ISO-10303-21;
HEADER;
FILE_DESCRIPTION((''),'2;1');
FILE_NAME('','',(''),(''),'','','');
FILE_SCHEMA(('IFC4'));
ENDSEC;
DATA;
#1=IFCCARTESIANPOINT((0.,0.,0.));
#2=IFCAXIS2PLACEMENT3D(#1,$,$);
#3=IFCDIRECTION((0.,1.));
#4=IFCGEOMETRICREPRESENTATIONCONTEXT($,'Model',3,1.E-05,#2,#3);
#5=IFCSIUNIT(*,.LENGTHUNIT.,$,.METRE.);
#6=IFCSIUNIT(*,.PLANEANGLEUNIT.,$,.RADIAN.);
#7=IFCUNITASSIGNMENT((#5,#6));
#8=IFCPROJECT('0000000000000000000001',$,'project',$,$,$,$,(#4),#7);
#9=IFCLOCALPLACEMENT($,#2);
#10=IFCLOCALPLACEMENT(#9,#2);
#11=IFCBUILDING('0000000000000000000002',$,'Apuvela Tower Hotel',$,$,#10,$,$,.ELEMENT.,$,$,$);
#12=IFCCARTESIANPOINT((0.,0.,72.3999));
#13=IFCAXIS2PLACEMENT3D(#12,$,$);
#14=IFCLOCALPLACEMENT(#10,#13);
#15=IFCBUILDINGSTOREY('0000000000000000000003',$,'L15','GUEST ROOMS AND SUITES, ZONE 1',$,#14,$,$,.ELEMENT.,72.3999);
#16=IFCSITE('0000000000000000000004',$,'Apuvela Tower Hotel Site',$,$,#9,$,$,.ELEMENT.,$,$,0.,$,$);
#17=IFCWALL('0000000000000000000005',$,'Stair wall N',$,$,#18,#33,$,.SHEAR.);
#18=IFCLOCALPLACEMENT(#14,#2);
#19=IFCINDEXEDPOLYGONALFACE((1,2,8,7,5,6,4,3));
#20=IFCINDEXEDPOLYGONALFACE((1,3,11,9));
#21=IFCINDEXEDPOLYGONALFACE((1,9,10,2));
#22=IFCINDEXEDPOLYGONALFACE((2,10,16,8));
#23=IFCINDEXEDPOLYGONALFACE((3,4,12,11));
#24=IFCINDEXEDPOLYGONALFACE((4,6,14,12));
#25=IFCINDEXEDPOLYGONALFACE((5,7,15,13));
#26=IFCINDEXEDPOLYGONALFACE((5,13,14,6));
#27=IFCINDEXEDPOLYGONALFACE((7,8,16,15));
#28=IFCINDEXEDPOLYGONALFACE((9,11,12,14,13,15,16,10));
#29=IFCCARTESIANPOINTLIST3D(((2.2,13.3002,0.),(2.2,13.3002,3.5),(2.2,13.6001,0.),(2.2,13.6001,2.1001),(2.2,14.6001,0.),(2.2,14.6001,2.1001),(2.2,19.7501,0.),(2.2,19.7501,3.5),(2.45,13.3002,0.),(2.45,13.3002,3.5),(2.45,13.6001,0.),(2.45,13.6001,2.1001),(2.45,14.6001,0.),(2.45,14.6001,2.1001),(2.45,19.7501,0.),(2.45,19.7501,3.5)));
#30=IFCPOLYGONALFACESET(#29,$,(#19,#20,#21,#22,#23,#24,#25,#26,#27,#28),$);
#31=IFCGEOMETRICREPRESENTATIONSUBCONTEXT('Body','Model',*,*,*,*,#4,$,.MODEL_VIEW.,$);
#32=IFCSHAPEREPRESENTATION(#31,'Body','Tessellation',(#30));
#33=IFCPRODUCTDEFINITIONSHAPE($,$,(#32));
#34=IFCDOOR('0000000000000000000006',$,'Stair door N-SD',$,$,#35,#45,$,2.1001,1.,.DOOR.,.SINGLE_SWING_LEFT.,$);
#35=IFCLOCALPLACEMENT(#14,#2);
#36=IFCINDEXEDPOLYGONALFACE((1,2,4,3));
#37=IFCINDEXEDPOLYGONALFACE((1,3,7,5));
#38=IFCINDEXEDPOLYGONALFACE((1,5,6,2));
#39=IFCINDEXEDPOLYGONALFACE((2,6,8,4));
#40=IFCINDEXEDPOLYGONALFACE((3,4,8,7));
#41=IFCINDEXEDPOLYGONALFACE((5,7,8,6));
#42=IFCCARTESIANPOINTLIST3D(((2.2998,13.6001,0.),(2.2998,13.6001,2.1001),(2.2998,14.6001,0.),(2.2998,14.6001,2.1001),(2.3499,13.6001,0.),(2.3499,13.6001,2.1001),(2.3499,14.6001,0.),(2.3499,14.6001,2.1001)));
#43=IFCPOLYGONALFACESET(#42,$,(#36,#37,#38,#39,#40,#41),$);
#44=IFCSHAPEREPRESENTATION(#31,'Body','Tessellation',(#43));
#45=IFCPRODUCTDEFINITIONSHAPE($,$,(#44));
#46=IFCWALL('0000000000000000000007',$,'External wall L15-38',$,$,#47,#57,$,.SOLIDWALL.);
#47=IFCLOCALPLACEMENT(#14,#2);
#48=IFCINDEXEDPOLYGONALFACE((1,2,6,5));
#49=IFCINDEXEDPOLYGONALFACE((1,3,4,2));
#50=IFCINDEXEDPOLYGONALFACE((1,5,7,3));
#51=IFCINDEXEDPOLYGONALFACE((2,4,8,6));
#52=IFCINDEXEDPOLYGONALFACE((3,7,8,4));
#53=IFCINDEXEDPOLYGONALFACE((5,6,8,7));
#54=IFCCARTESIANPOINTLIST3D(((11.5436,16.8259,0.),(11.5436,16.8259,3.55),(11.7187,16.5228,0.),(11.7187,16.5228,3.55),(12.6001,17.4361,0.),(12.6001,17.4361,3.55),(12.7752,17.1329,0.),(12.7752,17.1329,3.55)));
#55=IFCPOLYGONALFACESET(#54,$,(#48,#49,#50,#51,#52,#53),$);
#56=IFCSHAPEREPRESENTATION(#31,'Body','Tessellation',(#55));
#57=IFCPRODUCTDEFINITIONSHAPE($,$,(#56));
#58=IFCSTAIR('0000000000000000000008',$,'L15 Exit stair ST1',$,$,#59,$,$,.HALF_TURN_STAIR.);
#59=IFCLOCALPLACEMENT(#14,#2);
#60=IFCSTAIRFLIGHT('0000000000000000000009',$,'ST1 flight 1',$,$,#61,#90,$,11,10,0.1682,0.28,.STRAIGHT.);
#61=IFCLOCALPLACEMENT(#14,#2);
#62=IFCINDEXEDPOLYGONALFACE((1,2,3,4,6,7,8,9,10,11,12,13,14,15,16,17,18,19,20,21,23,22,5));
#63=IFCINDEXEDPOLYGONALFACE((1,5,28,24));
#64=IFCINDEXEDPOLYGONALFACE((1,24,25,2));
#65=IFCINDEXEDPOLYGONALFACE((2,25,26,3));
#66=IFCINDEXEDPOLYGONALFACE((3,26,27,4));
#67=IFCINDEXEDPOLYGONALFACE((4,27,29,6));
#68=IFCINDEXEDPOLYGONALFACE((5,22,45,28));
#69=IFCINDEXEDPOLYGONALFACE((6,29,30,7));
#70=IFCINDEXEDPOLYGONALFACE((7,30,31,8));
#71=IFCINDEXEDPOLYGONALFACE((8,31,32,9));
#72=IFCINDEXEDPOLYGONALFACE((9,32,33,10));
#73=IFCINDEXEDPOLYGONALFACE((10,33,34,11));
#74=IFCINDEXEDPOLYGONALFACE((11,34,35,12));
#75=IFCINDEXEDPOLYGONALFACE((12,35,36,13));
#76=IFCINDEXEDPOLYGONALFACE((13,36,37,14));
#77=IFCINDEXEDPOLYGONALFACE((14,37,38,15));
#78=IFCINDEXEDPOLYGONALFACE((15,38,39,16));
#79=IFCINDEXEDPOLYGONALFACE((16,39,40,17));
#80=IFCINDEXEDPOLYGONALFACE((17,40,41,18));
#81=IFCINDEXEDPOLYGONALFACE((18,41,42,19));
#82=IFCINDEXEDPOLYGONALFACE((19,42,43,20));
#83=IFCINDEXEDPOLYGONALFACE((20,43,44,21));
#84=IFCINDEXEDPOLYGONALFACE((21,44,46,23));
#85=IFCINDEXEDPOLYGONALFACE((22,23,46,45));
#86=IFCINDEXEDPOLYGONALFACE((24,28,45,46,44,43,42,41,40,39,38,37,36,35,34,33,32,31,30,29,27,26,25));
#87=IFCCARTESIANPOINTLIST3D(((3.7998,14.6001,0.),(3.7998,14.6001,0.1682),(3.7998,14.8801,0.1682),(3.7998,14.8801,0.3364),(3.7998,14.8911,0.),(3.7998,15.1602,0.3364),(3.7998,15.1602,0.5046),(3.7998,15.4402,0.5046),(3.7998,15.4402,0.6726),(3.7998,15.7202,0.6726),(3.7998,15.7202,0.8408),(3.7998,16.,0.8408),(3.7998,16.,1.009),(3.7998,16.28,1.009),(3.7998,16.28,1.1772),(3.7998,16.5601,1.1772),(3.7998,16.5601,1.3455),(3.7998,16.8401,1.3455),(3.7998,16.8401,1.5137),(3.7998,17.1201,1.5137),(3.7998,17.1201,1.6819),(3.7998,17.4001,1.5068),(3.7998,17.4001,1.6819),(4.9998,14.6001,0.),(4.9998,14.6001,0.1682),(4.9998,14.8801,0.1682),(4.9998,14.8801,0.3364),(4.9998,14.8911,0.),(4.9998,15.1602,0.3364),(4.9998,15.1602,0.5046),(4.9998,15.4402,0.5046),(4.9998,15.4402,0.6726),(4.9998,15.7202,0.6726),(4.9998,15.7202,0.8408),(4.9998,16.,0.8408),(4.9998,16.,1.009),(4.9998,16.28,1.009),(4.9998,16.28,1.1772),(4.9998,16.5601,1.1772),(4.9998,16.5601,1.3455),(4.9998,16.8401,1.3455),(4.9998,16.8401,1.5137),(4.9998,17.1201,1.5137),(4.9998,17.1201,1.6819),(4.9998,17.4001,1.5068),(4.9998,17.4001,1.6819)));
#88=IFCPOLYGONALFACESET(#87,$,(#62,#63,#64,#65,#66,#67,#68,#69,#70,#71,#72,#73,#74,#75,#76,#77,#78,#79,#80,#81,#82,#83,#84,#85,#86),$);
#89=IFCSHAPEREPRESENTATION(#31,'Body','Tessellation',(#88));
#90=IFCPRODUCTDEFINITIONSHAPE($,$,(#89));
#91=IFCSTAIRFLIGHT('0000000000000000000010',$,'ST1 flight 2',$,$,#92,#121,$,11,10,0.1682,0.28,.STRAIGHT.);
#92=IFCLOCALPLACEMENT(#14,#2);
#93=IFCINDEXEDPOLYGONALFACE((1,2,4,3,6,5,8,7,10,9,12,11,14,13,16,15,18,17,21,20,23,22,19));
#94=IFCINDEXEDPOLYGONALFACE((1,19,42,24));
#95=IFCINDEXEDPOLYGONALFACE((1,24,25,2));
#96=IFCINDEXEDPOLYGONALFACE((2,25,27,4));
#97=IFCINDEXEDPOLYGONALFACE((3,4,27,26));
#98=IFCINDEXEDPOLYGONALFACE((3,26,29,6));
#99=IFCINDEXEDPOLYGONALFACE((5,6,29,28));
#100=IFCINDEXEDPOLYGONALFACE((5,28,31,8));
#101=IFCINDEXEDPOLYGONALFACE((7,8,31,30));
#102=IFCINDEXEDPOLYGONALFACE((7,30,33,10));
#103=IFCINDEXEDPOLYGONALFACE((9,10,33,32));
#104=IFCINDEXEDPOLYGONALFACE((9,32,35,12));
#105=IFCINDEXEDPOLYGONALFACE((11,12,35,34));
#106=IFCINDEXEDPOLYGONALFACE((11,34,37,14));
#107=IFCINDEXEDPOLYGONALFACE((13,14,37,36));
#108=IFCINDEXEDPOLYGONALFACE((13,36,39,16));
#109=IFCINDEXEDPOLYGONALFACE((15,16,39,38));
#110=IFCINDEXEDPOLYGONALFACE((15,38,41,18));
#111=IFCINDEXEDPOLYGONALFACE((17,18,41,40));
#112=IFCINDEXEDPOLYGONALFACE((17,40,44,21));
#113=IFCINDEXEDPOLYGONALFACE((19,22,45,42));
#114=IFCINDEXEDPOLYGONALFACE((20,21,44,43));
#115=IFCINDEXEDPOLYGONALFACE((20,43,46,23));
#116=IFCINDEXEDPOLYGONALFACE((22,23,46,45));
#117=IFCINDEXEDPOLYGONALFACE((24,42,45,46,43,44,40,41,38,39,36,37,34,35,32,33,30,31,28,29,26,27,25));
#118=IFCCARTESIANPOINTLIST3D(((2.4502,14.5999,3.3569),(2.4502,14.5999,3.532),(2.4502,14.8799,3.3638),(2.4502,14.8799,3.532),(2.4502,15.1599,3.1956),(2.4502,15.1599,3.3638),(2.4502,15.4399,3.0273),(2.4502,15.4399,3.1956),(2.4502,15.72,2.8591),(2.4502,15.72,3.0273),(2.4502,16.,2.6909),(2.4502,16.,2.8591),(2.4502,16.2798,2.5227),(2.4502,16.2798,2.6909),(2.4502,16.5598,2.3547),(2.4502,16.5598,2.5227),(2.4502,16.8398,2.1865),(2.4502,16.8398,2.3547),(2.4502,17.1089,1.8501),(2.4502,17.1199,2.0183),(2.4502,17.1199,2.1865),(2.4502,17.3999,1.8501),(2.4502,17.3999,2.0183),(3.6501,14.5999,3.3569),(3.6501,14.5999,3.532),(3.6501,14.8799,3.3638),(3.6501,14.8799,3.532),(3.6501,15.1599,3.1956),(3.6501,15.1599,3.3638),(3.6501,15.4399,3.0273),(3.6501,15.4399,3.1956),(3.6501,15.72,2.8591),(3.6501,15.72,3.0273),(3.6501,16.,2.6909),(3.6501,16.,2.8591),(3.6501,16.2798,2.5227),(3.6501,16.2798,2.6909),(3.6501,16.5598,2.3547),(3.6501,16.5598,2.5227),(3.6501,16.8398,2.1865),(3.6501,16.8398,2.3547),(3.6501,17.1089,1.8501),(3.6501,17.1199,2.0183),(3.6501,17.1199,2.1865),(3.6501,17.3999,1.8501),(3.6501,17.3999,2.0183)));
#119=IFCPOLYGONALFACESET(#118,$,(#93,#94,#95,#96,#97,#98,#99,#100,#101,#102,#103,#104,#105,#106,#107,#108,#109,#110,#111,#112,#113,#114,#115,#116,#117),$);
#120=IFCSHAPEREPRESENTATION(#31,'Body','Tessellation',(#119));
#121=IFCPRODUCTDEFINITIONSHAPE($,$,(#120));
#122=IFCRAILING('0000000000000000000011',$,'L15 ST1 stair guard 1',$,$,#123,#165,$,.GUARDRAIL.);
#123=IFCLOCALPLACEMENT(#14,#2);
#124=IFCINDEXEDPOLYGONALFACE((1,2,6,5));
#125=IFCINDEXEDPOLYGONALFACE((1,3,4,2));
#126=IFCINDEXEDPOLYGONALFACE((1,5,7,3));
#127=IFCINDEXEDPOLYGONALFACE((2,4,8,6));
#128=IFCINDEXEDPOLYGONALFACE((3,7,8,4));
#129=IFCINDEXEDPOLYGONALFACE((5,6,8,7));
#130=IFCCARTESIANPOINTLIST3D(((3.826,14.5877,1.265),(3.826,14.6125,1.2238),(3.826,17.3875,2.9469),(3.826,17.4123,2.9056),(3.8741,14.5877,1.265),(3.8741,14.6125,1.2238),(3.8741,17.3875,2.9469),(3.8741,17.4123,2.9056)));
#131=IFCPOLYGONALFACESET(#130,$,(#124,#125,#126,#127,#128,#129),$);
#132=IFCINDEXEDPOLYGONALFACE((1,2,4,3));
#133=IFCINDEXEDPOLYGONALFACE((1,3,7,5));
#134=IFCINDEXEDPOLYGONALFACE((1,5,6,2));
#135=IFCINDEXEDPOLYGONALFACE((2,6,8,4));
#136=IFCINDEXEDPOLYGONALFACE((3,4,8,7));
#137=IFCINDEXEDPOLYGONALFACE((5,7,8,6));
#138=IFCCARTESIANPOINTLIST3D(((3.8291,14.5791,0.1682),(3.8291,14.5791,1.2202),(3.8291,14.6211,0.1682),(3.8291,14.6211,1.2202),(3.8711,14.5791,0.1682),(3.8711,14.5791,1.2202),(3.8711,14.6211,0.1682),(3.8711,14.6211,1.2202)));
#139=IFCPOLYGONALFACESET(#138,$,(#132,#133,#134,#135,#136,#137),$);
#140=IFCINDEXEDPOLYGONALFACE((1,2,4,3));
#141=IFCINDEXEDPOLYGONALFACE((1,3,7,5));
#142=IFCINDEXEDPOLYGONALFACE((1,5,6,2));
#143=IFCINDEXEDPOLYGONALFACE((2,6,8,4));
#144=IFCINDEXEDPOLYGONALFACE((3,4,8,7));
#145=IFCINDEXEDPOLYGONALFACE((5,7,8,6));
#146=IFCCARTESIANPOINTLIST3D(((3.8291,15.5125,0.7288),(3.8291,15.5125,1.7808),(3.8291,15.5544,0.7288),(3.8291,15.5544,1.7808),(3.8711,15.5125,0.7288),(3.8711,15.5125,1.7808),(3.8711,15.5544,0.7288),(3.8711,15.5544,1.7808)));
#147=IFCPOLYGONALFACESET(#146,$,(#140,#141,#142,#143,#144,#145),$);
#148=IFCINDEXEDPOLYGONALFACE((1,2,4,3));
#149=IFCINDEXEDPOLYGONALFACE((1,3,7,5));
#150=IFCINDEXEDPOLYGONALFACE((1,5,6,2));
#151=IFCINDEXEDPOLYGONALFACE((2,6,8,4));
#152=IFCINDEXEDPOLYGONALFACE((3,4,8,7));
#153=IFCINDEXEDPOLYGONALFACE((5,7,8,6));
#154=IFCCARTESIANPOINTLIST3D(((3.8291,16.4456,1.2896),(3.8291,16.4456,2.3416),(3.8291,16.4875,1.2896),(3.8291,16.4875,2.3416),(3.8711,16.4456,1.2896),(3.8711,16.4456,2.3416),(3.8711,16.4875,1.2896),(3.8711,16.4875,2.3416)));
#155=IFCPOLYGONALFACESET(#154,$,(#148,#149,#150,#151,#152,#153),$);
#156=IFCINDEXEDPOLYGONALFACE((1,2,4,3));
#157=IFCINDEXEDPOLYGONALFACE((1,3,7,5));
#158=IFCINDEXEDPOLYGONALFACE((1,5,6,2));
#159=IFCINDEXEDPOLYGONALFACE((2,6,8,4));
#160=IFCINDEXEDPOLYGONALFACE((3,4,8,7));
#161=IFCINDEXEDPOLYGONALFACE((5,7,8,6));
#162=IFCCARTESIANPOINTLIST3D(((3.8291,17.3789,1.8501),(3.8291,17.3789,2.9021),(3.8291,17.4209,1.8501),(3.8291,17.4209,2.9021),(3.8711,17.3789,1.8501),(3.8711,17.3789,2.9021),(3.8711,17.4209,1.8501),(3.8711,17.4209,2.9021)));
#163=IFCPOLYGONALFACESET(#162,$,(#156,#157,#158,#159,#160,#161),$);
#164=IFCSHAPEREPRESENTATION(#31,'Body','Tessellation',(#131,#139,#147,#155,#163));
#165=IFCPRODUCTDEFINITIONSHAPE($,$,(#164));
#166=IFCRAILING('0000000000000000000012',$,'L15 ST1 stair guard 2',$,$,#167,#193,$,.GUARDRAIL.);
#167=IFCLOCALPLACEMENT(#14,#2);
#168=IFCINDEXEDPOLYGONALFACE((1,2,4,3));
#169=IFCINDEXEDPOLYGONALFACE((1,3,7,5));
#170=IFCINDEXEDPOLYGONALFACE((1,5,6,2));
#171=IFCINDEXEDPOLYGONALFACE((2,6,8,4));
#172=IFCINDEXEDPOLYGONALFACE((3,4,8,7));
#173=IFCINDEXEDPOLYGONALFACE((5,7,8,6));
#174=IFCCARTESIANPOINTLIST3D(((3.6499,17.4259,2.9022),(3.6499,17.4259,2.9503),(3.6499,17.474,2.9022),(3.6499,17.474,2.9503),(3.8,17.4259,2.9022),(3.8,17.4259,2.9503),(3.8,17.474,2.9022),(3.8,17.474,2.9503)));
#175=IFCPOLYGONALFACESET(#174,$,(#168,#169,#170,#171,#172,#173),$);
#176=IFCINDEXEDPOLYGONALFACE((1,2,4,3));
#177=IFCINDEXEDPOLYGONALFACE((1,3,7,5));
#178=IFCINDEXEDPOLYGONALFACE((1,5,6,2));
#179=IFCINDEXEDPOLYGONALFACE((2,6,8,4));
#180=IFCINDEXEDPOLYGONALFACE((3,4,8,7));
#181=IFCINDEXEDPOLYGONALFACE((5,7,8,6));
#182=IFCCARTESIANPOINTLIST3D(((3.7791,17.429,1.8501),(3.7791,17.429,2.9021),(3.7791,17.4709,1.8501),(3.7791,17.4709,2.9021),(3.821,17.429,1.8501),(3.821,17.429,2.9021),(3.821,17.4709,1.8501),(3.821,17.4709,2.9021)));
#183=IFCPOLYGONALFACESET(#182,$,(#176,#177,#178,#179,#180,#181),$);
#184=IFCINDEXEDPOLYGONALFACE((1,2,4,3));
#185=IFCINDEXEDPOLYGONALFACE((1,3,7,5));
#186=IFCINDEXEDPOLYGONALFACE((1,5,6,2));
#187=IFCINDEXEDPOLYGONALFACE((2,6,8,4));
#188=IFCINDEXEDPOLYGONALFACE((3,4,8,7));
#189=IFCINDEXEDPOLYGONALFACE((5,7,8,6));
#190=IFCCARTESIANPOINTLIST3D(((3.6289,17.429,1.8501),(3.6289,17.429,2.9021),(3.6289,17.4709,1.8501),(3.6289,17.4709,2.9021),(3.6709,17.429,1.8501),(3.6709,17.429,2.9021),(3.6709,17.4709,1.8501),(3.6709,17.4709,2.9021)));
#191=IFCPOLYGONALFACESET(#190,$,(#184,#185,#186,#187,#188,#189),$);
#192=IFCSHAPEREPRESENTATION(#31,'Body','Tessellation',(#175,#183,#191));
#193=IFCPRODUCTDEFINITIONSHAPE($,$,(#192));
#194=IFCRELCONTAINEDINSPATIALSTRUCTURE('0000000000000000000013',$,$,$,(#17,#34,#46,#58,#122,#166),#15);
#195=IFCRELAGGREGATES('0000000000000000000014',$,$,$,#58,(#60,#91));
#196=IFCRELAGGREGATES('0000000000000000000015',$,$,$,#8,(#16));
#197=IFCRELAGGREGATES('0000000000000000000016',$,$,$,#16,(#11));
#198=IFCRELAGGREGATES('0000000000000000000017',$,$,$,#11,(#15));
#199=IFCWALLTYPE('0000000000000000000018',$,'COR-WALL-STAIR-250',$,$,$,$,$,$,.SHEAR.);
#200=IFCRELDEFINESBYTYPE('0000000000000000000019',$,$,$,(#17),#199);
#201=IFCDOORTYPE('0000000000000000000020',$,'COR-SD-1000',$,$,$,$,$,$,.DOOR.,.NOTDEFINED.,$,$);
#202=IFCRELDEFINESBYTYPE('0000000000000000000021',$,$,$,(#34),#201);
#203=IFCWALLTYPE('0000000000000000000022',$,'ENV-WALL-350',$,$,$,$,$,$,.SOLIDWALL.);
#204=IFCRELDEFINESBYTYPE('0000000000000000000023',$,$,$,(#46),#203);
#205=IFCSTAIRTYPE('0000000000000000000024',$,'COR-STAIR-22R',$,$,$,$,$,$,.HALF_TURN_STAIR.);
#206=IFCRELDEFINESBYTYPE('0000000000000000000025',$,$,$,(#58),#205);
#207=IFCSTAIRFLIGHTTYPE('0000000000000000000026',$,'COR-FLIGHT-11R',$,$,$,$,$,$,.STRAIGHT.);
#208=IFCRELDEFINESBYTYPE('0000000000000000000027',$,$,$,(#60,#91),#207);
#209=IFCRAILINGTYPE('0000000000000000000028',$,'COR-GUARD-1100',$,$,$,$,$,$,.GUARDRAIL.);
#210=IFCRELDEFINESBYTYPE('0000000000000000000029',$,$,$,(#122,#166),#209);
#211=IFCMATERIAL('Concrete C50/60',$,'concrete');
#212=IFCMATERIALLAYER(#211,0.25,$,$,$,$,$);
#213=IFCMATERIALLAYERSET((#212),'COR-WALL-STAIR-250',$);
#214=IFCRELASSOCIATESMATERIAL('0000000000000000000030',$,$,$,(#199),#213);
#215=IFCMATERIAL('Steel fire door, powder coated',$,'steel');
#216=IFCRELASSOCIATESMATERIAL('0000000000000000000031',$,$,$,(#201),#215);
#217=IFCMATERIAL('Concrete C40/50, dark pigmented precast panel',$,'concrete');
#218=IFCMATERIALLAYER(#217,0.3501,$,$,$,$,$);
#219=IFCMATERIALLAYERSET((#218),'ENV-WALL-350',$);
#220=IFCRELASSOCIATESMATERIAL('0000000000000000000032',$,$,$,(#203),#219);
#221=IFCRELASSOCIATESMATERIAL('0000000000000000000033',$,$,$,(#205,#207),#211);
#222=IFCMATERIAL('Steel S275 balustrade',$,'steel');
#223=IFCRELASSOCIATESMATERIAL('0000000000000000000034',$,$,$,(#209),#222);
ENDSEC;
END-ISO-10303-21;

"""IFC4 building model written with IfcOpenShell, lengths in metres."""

from ifc_helpers import new_model, si_unit, direction, frame, frame_2d, origin, origin_2d, place, context, subcontext, project, spatial, polyline, rectangle, outline, extrude, material, layer, layer_set, type_object, element, fill, aggregate, save


model = new_model("IFC4")

# Units and contexts
model_context = context("Model", 3, precision=1e-05, world=origin(), true_north=direction((0.0, 1.0)))
body_context = subcontext(model_context, "Body", "Model", "MODEL_VIEW")
ifc_project = project(units=[si_unit("LENGTHUNIT", "METRE"), si_unit("PLANEANGLEUNIT", "RADIAN")], contexts=[model_context])

# Site, building, storey
site_placement = place(None, origin())
site = spatial("IfcSite", under=ifc_project, at=site_placement, Name="Apuvela Tower Hotel Site", CompositionType="ELEMENT", RefElevation=0.0)
building_placement = place(site_placement, origin())
building = spatial("IfcBuilding", under=site, at=building_placement, Name="Apuvela Tower Hotel", CompositionType="ELEMENT")
storey_placement = place(building_placement, frame((0.0, 0.0, 72.3999)))
storey = spatial("IfcBuildingStorey", under=building, at=storey_placement, Name="L15", Description="GUEST ROOMS AND SUITES, ZONE 1", CompositionType="ELEMENT", Elevation=72.3999)

# Shared definitions
ifc_material_1 = material(Name="Concrete C50/60", Category="concrete")
ifc_material_2 = material(Name="Steel fire door, powder coated", Category="steel")

# Wall, opening, door
ifc_layer_1 = layer(ifc_material_1, 0.25)
ifc_layer_set_1 = layer_set([ifc_layer_1], Name="COR-WALL-STAIR-250")
wall_type_1 = type_object("IfcWallType", Name="COR-WALL-STAIR-250", PredefinedType="SHEAR", material=ifc_layer_set_1)
wall_1_placement = place(storey_placement, frame((2.325, 13.3, 0.0), z_axis=(0.0, 0.0, 1.0), x_axis=(0.0, 1.0, 0.0)))
wall_1 = element("IfcWall", 1, at=wall_1_placement, inside=storey, type_object=wall_type_1, Name="Stair wall N", PredefinedType="SHEAR", context=body_context, shape_type="SweptSolid", body=[
    extrude(rectangle(XDim=6.45, YDim=0.25, at=frame_2d((3.2251, 0.0))), origin(), (0.0, 0.0, 1.0), 3.5),
])
opening_1_placement = place(wall_1_placement, frame((0.3, 0.0, 0.0)))
opening_1 = element("IfcOpeningElement", 2, at=opening_1_placement, cuts=wall_1, PredefinedType="OPENING", context=body_context, shape_type="SweptSolid", body=[
    extrude(rectangle(XDim=1.0, YDim=2.1001, at=frame_2d((0.5, 1.05))), frame((0.0, 0.135, 0.0), z_axis=(0.0, -1.0, 0.0), x_axis=(1.0, 0.0, 0.0)), (0.0, 0.0, 1.0), 0.27),
])
door_type_1 = type_object("IfcDoorType", Name="COR-SD-1000", OperationType="NOTDEFINED", PredefinedType="DOOR", material=ifc_material_2)
door_1_placement = place(opening_1_placement, frame((1.0, 0.0, 0.0), z_axis=(0.0, 0.0, 1.0), x_axis=(-1.0, 0.0, 0.0)))
door_1 = element("IfcDoor", 3, at=door_1_placement, inside=storey, type_object=door_type_1, Name="Stair door N-SD", OperationType="SINGLE_SWING_LEFT", OverallHeight=2.1001, OverallWidth=1.0, PredefinedType="DOOR", context=body_context, shape_type="SweptSolid", body=[
    extrude(rectangle(XDim=1.0, YDim=2.1001, at=frame_2d((0.5, 1.05))), frame((0.0, 0.0249, 0.0), z_axis=(0.0, -1.0, 0.0), x_axis=(1.0, 0.0, 0.0)), (0.0, 0.0, 1.0), 0.05),
])
fill(opening_1, door_1)

# Wall
ifc_material_3 = material(Name="Concrete C40/50, dark pigmented precast panel", Category="concrete")
ifc_layer_2 = layer(ifc_material_3, 0.3501)
ifc_layer_set_2 = layer_set([ifc_layer_2], Name="ENV-WALL-350")
wall_type_2 = type_object("IfcWallType", Name="ENV-WALL-350", PredefinedType="SOLIDWALL", material=ifc_layer_set_2)
wall_2_placement = place(storey_placement, frame((12.6875, 17.2844, 0.0), z_axis=(0.0, 0.0, 1.0), x_axis=(-0.865956, -0.500121, 0.0)))
element("IfcWall", 4, at=wall_2_placement, inside=storey, type_object=wall_type_2, Name="External wall L15-38", PredefinedType="SOLIDWALL", context=body_context, shape_type="SweptSolid", body=[
    extrude(rectangle(XDim=1.22, YDim=0.3501, at=frame_2d((0.6099, 0.0))), origin(), (0.0, 0.0, 1.0), 3.55),
])

# Stair, stair flights
stair_type = type_object("IfcStairType", Name="COR-STAIR-22R", PredefinedType="HALF_TURN_STAIR", material=ifc_material_1)
stair_placement = place(storey_placement, origin())
stair = element("IfcStair", 5, at=stair_placement, inside=storey, type_object=stair_type, Name="L15 Exit stair ST1", PredefinedType="HALF_TURN_STAIR")
stair_flight_type = type_object("IfcStairFlightType", Name="COR-FLIGHT-11R", PredefinedType="STRAIGHT", material=ifc_material_1)
stair_flight_1_placement = place(storey_placement, frame((4.3999, 14.6001, 0.0), z_axis=(0.0, 0.0, 1.0), x_axis=(0.0, 1.0, 0.0)))
stair_flight_1 = element("IfcStairFlight", 6, at=stair_flight_1_placement, type_object=stair_flight_type, Name="ST1 flight 1", NumberOfRisers=11, NumberOfTreads=10, PredefinedType="STRAIGHT", RiserHeight=0.1682, TreadLength=0.28, context=body_context, shape_type="SweptSolid", body=[
    extrude(outline(polyline([(0.0, 0.0), (0.0, 0.1682), (0.28, 0.1682), (0.28, 0.3364), (0.5601, 0.3364), (0.5601, 0.5046), (0.8401, 0.5046), (0.8401, 0.6726), (1.1201, 0.6726), (1.1201, 0.8408), (1.3999, 0.8408), (1.3999, 1.009), (1.6799, 1.009), (1.6799, 1.1772), (1.96, 1.1772), (1.96, 1.3455), (2.24, 1.3455), (2.24, 1.5137), (2.52, 1.5137), (2.52, 1.6819), (2.8, 1.6819), (2.8, 1.8501), (2.8, 1.5068), (0.291, 0.0), (0.0, 0.0)])), frame((0.0, 0.6001, 0.0), z_axis=(0.0, -1.0, 0.0), x_axis=(1.0, 0.0, 0.0)), (0.0, 0.0, 1.0), 1.2),
])
stair_flight_2_placement = place(storey_placement, frame((3.05, 17.3999, 1.8501), z_axis=(0.0, 0.0, 1.0), x_axis=(0.0, -1.0, 0.0)))
stair_flight_2 = element("IfcStairFlight", 7, at=stair_flight_2_placement, type_object=stair_flight_type, Name="ST1 flight 2", NumberOfRisers=11, NumberOfTreads=10, PredefinedType="STRAIGHT", RiserHeight=0.1682, TreadLength=0.28, context=body_context, shape_type="SweptSolid", body=[
    extrude(outline(polyline([(0.0, 0.0), (0.0, 0.1682), (0.28, 0.1682), (0.28, 0.3364), (0.5601, 0.3364), (0.5601, 0.5046), (0.8401, 0.5046), (0.8401, 0.6726), (1.1201, 0.6726), (1.1201, 0.8408), (1.3999, 0.8408), (1.3999, 1.009), (1.6799, 1.009), (1.6799, 1.1772), (1.96, 1.1772), (1.96, 1.3455), (2.24, 1.3455), (2.24, 1.5137), (2.52, 1.5137), (2.52, 1.6819), (2.8, 1.6819), (2.8, 1.8501), (2.8, 1.5068), (0.291, 0.0), (0.0, 0.0)])), frame((0.0, 0.6001, 0.0), z_axis=(0.0, -1.0, 0.0), x_axis=(1.0, 0.0, 0.0)), (0.0, 0.0, 1.0), 1.2),
])
aggregate(stair, [stair_flight_1, stair_flight_2])

# Railings
ifc_material_4 = material(Name="Steel S275 balustrade", Category="steel")
railing_type_1 = type_object("IfcRailingType", Name="COR-GUARD-1100", PredefinedType="GUARDRAIL", material=ifc_material_4)
railing_1_placement = place(storey_placement, frame((3.8501, 14.6001, 0.1682)))
element("IfcRailing", 8, at=railing_1_placement, inside=storey, type_object=railing_type_1, Name="L15 ST1 stair guard 1", PredefinedType="GUARDRAIL", context=body_context, shape_type="SweptSolid", body=[
    extrude(rectangle(XDim=0.0481, YDim=0.0481, at=origin_2d()), frame((0.0, 0.0, 1.0762), z_axis=(0.0, 0.857222, 0.514946), x_axis=(-1.0, 0.0, 0.0)), (0.0, 0.0, 1.0), 3.2661),
    extrude(rectangle(XDim=0.042, YDim=0.042, at=origin_2d()), origin(), (0.0, 0.0, 1.0), 1.052),
    extrude(rectangle(XDim=0.042, YDim=0.042, at=origin_2d()), frame((0.0, 0.9333, 0.5605)), (0.0, 0.0, 1.0), 1.052),
    extrude(rectangle(XDim=0.042, YDim=0.042, at=origin_2d()), frame((0.0, 1.8665, 1.1213)), (0.0, 0.0, 1.0), 1.052),
    extrude(rectangle(XDim=0.042, YDim=0.042, at=origin_2d()), frame((0.0, 2.7998, 1.6819)), (0.0, 0.0, 1.0), 1.052),
])
railing_2_placement = place(storey_placement, frame((3.8, 17.45, 1.8501)))
element("IfcRailing", 9, at=railing_2_placement, inside=storey, type_object=railing_type_1, Name="L15 ST1 stair guard 2", PredefinedType="GUARDRAIL", context=body_context, shape_type="SweptSolid", body=[
    extrude(rectangle(XDim=0.0481, YDim=0.0481, at=origin_2d()), frame((0.0, 0.0, 1.0762), z_axis=(-1.0, 0.0, 0.0), x_axis=(0.0, -1.0, 0.0)), (0.0, 0.0, 1.0), 0.1501),
    extrude(rectangle(XDim=0.042, YDim=0.042, at=origin_2d()), origin(), (0.0, 0.0, 1.0), 1.052),
    extrude(rectangle(XDim=0.042, YDim=0.042, at=origin_2d()), frame((-0.1501, 0.0, 0.0)), (0.0, 0.0, 1.0), 1.052),
])

save(model, "model.ifc")
